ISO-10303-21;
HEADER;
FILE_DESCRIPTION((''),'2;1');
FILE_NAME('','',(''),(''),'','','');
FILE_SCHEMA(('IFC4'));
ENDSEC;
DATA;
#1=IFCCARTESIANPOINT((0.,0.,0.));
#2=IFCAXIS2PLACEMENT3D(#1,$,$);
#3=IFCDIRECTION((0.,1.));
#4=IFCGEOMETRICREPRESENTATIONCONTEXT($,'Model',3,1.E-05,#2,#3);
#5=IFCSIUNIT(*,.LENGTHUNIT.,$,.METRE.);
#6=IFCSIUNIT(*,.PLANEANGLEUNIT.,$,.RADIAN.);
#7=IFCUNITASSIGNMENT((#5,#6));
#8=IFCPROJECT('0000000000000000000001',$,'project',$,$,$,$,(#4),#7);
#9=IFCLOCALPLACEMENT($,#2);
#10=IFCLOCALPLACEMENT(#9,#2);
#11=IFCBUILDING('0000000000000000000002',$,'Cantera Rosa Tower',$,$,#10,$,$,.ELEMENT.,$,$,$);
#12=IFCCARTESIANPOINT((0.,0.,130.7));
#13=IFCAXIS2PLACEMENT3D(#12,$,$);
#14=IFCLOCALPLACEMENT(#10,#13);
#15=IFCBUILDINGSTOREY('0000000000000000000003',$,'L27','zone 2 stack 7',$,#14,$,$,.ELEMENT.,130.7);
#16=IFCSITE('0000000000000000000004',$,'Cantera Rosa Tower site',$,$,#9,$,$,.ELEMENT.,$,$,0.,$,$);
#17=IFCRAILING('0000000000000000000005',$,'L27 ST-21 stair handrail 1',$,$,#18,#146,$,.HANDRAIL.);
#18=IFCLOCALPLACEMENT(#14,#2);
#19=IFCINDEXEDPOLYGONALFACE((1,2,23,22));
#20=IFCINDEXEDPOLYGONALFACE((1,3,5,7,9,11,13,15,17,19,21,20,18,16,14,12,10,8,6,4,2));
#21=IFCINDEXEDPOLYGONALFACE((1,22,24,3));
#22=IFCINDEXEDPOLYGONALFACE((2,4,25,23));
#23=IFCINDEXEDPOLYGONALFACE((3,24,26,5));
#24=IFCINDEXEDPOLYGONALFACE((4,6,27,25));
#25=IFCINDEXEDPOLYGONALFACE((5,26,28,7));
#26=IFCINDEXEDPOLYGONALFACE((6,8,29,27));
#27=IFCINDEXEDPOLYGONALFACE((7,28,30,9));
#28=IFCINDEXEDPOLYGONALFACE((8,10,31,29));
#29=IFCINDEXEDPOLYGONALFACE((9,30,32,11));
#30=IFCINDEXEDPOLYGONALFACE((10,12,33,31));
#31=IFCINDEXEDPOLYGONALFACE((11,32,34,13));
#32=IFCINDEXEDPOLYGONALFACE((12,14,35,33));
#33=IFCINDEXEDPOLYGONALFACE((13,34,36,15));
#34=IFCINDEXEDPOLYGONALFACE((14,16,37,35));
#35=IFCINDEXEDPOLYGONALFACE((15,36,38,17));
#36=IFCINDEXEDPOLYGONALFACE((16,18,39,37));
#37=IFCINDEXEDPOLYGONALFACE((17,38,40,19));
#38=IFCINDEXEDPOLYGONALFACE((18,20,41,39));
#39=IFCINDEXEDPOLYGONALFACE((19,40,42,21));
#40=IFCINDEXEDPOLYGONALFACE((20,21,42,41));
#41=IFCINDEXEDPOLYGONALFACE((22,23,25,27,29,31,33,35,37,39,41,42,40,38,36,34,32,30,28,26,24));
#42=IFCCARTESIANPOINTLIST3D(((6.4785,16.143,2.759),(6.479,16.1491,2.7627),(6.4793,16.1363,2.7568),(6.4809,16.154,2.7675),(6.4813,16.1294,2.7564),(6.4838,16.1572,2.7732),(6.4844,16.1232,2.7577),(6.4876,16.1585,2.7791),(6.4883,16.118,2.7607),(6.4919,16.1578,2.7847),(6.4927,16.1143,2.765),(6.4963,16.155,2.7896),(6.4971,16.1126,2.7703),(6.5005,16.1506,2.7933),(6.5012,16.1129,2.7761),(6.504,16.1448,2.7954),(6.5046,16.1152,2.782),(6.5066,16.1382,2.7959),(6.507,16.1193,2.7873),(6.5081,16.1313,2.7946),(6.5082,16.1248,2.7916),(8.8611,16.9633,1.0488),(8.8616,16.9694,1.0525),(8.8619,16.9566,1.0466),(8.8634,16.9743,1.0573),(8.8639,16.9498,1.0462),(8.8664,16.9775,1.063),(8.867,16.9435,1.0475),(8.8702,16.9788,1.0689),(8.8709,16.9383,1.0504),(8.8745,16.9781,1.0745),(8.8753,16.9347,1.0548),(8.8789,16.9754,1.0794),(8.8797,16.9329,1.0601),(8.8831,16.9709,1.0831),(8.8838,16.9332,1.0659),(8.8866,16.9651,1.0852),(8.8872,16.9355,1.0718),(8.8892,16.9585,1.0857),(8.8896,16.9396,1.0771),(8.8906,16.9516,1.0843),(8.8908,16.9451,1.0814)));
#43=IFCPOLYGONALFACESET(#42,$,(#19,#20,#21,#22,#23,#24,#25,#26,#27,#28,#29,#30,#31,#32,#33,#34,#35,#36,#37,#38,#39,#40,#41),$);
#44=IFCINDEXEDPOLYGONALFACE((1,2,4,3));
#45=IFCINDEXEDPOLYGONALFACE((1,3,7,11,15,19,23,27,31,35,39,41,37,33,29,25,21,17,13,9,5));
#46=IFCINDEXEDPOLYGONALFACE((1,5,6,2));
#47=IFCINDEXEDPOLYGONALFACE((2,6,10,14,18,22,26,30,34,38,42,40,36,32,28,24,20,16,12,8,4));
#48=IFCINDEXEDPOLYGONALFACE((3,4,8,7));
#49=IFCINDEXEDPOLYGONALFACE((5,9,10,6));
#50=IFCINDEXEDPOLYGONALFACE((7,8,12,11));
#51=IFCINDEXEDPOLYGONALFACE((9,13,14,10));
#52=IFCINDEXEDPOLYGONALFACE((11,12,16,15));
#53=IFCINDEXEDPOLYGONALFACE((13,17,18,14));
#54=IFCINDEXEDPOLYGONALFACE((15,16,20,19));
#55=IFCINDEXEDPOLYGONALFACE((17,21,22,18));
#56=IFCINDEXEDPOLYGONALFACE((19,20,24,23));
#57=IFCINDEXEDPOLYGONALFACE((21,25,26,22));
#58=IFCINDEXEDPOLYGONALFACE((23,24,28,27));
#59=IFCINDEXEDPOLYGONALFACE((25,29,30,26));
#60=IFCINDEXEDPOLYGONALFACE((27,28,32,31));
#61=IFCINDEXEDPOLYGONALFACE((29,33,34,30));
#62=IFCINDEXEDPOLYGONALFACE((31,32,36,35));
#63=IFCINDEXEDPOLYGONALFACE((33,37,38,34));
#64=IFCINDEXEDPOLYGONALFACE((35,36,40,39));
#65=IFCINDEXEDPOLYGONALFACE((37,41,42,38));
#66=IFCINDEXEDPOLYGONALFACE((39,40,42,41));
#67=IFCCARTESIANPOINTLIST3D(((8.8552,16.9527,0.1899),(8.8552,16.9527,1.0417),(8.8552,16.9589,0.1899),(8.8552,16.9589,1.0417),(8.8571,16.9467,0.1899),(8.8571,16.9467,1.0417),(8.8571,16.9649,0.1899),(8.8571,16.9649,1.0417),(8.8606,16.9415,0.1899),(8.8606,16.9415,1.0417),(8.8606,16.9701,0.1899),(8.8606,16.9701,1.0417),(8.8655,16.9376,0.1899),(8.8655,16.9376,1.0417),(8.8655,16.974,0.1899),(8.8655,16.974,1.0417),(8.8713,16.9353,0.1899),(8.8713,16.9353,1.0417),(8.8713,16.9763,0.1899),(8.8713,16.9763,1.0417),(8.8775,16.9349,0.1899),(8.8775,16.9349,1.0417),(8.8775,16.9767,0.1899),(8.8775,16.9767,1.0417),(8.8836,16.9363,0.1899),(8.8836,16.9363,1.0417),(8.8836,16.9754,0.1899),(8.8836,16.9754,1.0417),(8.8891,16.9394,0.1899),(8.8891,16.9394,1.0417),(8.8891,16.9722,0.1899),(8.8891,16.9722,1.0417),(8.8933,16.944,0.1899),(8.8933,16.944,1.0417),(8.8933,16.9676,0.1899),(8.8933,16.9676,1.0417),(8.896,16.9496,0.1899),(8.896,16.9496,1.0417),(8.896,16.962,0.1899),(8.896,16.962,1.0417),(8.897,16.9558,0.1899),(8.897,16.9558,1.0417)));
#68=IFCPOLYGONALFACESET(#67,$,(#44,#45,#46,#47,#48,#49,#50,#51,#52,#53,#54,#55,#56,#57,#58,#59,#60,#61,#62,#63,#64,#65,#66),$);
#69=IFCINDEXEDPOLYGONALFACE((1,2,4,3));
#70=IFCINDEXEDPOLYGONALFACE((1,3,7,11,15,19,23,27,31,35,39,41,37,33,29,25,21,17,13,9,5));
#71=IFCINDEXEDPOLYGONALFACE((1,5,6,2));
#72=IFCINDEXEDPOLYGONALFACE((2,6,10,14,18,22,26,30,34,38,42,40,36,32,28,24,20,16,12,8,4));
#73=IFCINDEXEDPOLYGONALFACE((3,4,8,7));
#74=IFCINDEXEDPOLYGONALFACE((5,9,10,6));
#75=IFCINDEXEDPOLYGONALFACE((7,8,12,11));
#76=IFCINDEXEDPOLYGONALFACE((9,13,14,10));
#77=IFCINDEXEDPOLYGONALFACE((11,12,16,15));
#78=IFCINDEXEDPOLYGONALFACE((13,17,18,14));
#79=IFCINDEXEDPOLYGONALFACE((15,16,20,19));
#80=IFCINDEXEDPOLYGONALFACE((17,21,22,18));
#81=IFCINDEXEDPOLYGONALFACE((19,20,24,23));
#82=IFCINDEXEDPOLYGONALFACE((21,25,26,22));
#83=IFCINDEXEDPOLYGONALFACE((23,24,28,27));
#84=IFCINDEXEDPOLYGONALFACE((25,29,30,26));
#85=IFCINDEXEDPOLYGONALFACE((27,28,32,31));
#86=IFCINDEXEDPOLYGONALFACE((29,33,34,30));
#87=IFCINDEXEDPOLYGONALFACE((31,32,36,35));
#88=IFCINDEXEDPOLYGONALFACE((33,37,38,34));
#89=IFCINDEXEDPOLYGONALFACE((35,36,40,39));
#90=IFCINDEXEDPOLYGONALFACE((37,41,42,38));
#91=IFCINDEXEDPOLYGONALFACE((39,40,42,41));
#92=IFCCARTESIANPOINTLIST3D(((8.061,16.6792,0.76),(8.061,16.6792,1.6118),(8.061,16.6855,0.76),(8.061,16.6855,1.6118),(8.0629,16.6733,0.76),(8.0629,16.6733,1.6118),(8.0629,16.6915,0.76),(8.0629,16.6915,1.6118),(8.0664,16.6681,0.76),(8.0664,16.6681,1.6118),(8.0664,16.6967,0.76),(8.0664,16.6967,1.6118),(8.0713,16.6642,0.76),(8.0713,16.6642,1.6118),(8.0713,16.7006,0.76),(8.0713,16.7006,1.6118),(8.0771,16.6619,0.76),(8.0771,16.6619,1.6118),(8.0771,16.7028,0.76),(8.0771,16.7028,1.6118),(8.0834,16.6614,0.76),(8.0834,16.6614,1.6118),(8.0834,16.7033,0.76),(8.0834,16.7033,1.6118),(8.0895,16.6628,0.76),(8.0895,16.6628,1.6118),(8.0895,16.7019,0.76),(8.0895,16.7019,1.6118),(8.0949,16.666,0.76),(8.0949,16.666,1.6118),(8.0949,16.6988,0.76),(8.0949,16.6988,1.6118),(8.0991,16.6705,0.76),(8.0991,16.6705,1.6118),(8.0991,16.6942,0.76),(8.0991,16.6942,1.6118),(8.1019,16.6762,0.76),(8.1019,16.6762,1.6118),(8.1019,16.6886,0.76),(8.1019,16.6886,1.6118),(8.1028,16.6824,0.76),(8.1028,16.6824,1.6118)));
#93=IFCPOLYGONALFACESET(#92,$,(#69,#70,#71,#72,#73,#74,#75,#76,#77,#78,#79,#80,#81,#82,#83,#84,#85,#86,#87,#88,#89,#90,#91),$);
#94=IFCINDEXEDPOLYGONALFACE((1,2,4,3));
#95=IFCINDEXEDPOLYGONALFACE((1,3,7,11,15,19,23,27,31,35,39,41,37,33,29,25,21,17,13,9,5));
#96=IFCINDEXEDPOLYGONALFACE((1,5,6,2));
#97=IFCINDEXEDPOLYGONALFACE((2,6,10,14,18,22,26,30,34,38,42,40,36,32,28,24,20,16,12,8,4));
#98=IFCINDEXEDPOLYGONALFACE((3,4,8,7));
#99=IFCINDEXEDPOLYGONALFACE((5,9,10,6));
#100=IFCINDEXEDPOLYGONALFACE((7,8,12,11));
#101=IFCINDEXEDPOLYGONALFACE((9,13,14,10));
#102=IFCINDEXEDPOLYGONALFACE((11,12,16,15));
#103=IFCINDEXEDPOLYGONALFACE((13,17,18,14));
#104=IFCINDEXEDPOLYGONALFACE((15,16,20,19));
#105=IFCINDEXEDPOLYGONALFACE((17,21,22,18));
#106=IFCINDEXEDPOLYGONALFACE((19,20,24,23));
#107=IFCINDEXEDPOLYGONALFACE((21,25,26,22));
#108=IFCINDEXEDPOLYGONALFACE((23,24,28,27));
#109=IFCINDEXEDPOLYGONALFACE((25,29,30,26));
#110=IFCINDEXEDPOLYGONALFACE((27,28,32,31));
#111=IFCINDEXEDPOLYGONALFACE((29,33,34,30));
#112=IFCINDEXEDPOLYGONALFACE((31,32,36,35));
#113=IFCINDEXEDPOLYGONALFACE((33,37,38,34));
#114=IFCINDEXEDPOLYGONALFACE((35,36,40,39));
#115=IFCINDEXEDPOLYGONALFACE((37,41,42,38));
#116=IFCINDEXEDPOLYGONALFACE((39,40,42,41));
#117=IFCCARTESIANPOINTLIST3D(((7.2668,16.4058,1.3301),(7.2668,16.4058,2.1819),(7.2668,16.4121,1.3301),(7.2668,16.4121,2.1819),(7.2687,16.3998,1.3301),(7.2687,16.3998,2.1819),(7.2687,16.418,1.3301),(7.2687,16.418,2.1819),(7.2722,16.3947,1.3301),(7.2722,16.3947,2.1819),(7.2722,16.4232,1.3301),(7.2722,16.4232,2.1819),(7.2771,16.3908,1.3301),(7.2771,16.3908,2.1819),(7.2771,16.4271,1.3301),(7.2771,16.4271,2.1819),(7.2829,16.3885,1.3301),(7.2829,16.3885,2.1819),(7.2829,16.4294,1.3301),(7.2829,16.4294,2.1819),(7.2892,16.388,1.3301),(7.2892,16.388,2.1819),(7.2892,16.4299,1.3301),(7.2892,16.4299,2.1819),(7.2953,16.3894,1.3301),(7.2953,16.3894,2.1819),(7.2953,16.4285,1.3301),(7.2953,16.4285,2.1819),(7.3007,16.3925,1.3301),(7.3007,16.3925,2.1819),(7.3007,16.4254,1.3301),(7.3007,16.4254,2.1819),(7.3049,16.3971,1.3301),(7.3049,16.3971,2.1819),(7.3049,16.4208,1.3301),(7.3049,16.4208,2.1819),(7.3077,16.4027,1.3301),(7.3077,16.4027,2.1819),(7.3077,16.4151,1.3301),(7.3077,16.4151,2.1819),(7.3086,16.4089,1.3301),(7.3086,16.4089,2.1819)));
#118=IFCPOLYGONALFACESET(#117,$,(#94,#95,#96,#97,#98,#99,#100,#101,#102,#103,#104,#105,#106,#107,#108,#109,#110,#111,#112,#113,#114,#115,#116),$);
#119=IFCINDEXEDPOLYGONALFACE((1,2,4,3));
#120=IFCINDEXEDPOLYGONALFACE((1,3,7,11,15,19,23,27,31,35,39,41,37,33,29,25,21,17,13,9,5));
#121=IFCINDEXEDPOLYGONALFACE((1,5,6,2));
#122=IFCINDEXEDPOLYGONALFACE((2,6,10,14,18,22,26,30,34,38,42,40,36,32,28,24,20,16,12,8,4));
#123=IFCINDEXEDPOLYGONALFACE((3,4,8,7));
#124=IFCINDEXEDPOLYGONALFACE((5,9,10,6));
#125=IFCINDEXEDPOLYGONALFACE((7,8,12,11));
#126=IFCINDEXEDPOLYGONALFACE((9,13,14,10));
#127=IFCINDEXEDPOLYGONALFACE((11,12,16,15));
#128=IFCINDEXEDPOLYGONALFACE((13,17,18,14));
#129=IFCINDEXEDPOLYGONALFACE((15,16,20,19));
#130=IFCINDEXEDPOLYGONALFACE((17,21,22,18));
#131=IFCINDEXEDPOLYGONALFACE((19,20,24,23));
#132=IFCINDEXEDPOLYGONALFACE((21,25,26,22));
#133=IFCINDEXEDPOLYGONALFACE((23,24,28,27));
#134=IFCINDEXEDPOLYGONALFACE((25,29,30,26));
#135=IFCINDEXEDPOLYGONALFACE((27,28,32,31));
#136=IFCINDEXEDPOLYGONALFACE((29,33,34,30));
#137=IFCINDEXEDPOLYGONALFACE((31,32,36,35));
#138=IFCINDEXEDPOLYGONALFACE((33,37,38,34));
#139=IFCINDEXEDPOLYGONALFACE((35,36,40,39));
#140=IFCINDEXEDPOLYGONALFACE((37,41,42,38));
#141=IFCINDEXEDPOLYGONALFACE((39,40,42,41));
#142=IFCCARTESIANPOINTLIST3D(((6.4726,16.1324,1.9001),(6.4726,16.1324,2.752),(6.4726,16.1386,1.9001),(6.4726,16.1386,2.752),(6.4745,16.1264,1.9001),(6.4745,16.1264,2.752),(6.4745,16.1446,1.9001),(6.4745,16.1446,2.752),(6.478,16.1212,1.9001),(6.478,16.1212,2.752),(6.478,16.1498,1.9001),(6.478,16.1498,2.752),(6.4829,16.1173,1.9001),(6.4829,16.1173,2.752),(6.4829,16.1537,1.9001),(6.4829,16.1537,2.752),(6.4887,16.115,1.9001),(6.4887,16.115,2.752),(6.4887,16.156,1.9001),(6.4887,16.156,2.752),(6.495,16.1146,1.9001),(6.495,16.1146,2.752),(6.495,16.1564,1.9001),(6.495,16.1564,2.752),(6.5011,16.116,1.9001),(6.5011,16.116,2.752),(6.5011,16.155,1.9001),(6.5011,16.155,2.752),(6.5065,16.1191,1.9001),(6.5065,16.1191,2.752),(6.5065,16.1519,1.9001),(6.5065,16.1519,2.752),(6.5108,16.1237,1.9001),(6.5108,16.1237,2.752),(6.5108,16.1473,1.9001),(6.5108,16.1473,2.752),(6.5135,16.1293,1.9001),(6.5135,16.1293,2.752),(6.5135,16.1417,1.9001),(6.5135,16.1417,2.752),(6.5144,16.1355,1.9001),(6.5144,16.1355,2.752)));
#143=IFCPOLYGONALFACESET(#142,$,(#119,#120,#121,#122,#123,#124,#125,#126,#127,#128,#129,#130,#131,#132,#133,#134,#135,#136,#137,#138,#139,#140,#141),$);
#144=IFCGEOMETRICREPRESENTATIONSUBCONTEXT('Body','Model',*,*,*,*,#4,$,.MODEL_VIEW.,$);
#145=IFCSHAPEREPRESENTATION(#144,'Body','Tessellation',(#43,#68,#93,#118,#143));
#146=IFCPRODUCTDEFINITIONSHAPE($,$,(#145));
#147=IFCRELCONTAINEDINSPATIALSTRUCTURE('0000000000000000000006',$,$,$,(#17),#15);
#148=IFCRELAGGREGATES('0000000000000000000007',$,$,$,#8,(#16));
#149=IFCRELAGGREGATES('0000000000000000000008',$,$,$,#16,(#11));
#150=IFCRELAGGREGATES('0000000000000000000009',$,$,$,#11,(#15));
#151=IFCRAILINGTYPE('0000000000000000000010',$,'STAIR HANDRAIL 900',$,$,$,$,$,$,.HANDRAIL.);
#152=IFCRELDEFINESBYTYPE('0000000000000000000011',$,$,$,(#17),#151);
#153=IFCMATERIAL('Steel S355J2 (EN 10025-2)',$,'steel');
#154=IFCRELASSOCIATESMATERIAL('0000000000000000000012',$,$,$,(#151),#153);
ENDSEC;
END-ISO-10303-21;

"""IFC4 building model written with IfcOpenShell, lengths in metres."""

from ifc_helpers import new_model, si_unit, direction, frame, origin, origin_2d, place, context, subcontext, project, spatial, circle, extrude, material, type_object, element, save


model = new_model("IFC4")

# Units and contexts
model_context = context("Model", 3, precision=1e-05, world=origin(), true_north=direction((0.0, 1.0)))
body_context = subcontext(model_context, "Body", "Model", "MODEL_VIEW")
ifc_project = project(units=[si_unit("LENGTHUNIT", "METRE"), si_unit("PLANEANGLEUNIT", "RADIAN")], contexts=[model_context])

# Site, building, storey
site_placement = place(None, origin())
site = spatial("IfcSite", under=ifc_project, at=site_placement, Name="Cantera Rosa Tower site", CompositionType="ELEMENT", RefElevation=0.0)
building_placement = place(site_placement, origin())
building = spatial("IfcBuilding", under=site, at=building_placement, Name="Cantera Rosa Tower", CompositionType="ELEMENT")
storey_placement = place(building_placement, frame((0.0, 0.0, 130.7)))
storey = spatial("IfcBuildingStorey", under=building, at=storey_placement, Name="L27", Description="zone 2 stack 7", CompositionType="ELEMENT", Elevation=130.7)

# Railing
ifc_material_1 = material(Name="Steel S355J2 (EN 10025-2)", Category="steel")
railing_type_1 = type_object("IfcRailingType", Name="STAIR HANDRAIL 900", PredefinedType="HANDRAIL", material=ifc_material_1)
railing_1_placement = place(storey_placement, frame((8.876, 16.9558, 0.1899)))
element("IfcRailing", 1, at=railing_1_placement, inside=storey, type_object=railing_type_1, Name="L27 ST-21 stair handrail 1", PredefinedType="HANDRAIL", context=body_context, shape_type="SweptSolid", body=[
    extrude(circle(Radius=0.0239, at=origin_2d()), frame((0.0, 0.0, 0.876), z_axis=(-0.782355, -0.269363, 0.561573), x_axis=(0.325543, -0.945527, 0.0)), (0.0, 0.0, 1.0), 3.0454),
    extrude(circle(Radius=0.021, at=origin_2d()), origin(), (0.0, 0.0, 1.0), 0.8518),
    extrude(circle(Radius=0.021, at=origin_2d()), frame((-0.7942, -0.2734, 0.5701)), (0.0, 0.0, 1.0), 0.8518),
    extrude(circle(Radius=0.021, at=origin_2d()), frame((-1.5884, -0.5469, 1.1401)), (0.0, 0.0, 1.0), 0.8518),
    extrude(circle(Radius=0.021, at=origin_2d()), frame((-2.3826, -0.8203, 1.7102)), (0.0, 0.0, 1.0), 0.8518),
])

save(model, "model.ifc")
